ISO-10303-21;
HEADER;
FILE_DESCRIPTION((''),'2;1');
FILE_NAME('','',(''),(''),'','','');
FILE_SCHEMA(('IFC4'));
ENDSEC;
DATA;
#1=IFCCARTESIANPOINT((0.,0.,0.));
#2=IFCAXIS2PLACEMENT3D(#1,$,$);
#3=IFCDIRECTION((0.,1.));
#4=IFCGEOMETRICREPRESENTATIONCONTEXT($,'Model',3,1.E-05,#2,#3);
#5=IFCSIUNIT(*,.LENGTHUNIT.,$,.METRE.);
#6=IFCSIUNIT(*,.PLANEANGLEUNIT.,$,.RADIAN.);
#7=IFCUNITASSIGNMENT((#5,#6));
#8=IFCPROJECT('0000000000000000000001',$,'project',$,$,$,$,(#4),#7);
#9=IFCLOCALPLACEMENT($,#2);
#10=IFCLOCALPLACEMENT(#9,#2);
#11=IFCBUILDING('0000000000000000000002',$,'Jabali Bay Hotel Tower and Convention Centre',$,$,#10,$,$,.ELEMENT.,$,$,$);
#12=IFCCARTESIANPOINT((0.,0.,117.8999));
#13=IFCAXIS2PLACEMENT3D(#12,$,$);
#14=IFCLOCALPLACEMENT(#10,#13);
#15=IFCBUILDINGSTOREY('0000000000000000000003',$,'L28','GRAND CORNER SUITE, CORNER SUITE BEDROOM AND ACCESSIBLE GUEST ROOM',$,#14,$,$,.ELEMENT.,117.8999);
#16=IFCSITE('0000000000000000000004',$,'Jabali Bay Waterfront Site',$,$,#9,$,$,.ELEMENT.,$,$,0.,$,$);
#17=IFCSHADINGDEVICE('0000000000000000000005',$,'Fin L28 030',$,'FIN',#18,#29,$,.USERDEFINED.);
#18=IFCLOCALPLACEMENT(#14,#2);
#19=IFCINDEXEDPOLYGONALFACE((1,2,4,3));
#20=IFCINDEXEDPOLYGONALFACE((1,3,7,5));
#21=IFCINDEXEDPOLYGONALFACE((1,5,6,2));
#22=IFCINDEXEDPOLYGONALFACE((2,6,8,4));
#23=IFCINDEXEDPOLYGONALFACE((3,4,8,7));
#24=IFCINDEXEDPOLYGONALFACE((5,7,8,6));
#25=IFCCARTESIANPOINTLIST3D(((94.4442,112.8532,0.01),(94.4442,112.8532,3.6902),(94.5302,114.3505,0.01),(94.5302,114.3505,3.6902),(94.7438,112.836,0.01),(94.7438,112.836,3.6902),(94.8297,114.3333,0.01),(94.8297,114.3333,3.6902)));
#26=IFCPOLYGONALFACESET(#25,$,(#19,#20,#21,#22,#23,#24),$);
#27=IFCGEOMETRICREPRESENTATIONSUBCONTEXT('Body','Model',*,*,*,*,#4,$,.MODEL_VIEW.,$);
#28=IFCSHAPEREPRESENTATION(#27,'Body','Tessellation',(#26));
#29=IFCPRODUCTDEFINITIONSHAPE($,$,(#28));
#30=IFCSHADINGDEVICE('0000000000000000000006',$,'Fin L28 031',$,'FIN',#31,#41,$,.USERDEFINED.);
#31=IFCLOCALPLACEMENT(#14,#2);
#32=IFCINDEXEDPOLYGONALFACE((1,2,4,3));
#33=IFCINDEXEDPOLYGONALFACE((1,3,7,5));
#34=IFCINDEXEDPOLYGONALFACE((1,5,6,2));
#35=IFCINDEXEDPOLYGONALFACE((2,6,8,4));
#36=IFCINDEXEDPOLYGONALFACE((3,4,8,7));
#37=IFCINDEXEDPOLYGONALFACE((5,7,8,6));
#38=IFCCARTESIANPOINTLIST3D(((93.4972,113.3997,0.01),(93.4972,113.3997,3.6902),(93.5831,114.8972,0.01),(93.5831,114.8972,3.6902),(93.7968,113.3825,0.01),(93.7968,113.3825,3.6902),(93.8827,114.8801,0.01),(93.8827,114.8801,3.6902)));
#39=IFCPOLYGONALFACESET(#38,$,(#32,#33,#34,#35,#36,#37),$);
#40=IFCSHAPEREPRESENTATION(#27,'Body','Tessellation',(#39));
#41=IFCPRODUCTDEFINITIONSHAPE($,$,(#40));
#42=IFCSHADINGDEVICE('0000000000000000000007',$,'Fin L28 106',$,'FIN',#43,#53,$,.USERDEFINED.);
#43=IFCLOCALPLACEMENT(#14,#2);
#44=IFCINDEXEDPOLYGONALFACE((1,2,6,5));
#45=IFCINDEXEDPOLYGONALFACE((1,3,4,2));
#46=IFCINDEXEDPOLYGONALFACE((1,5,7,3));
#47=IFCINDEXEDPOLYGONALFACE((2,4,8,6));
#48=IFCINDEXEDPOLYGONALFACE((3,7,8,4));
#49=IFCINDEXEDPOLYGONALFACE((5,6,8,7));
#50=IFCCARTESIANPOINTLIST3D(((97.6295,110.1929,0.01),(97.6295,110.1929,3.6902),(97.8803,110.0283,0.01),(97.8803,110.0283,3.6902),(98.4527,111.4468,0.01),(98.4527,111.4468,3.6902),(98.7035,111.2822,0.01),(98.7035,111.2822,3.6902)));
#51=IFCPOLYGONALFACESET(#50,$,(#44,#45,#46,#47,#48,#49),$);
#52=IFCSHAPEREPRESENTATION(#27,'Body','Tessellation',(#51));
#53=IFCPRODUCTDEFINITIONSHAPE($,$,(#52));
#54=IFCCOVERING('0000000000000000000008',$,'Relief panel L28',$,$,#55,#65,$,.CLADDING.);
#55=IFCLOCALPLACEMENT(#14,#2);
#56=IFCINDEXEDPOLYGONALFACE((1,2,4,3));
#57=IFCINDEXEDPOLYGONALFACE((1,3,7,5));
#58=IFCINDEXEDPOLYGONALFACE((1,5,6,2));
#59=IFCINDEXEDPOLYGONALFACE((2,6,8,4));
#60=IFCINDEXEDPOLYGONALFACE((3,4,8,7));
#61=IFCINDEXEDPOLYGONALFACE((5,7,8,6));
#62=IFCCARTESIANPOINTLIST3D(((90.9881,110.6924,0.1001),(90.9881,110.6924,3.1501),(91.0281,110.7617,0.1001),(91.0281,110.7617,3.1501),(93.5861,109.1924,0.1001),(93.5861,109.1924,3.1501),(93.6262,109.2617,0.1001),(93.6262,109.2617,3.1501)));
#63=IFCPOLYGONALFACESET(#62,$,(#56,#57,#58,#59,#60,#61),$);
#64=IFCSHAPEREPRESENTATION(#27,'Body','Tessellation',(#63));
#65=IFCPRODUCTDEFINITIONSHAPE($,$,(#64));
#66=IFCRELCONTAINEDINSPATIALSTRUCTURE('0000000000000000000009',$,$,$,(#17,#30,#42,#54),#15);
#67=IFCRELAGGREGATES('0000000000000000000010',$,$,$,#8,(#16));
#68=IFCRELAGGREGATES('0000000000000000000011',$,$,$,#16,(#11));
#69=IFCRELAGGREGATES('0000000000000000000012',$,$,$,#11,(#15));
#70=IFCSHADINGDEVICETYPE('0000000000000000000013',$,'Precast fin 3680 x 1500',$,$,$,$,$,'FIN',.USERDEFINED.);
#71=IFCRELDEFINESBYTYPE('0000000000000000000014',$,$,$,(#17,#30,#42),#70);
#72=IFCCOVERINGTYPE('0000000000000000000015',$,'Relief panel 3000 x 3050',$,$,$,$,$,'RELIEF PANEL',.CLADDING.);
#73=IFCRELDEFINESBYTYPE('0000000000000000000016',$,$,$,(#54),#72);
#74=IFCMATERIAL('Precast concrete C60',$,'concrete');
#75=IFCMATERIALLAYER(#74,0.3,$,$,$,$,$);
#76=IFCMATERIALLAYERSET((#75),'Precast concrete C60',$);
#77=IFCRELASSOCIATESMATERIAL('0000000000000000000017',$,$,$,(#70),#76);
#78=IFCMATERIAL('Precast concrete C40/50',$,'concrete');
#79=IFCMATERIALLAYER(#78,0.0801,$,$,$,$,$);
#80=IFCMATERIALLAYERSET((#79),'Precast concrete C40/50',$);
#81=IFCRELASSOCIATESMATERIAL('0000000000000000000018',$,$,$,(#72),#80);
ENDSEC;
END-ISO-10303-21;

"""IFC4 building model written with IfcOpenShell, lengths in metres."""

from ifc_helpers import new_model, si_unit, direction, frame, frame_2d, origin, origin_2d, place, context, subcontext, project, spatial, rectangle, extrude, material, layer, layer_set, type_object, element, save


model = new_model("IFC4")

# Units and contexts
model_context = context("Model", 3, precision=1e-05, world=origin(), true_north=direction((0.0, 1.0)))
body_context = subcontext(model_context, "Body", "Model", "MODEL_VIEW")
ifc_project = project(units=[si_unit("LENGTHUNIT", "METRE"), si_unit("PLANEANGLEUNIT", "RADIAN")], contexts=[model_context])

# Site, building, storey
site_placement = place(None, origin())
site = spatial("IfcSite", under=ifc_project, at=site_placement, Name="Jabali Bay Waterfront Site", CompositionType="ELEMENT", RefElevation=0.0)
building_placement = place(site_placement, origin())
building = spatial("IfcBuilding", under=site, at=building_placement, Name="Jabali Bay Hotel Tower and Convention Centre", CompositionType="ELEMENT")
storey_placement = place(building_placement, frame((0.0, 0.0, 117.8999)))
storey = spatial("IfcBuildingStorey", under=building, at=storey_placement, Name="L28", Description="GRAND CORNER SUITE, CORNER SUITE BEDROOM AND ACCESSIBLE GUEST ROOM", CompositionType="ELEMENT", Elevation=117.8999)

# Shading devices
ifc_material_1 = material(Name="Precast concrete C60", Category="concrete")
ifc_layer_1 = layer(ifc_material_1, 0.3)
ifc_layer_set_1 = layer_set([ifc_layer_1], Name="Precast concrete C60")
shading_device_type = type_object("IfcShadingDeviceType", Name="Precast fin 3680 x 1500", ElementType="FIN", PredefinedType="USERDEFINED", material=ifc_layer_set_1)
shading_device_placement = place(storey_placement, frame((94.594, 112.8445, 0.01), z_axis=(0.0, 0.0, 1.0), x_axis=(0.0573, 0.998357, 0.0)))
element("IfcShadingDevice", 1, at=shading_device_placement, inside=storey, type_object=shading_device_type, Name="Fin L28 030", ObjectType="FIN", PredefinedType="USERDEFINED", context=body_context, shape_type="SweptSolid", body=[
    extrude(rectangle(XDim=1.4998, YDim=0.3, at=frame_2d((0.75, 0.0))), origin(), (0.0, 0.0, 1.0), 3.6802),
])
for number, where, z_axis, x_axis, name in (
    (2, (93.647, 113.3911, 0.01), (0.0, 0.0, 1.0), (0.057291, 0.998358, 0.0), "Fin L28 031"),
    (3, (97.7549, 110.1106, 0.01), (0.0, 0.0, 1.0), (0.548827, 0.835936, 0.0), "Fin L28 106"),
):
    element("IfcShadingDevice", number, at=place(storey_placement, frame(where, z_axis=z_axis, x_axis=x_axis)), inside=storey, type_object=shading_device_type, Name=name, ObjectType="FIN", PredefinedType="USERDEFINED", context=body_context, shape_type="SweptSolid", body=[
        extrude(rectangle(XDim=1.5, YDim=0.3, at=frame_2d((0.75, 0.0))), origin(), (0.0, 0.0, 1.0), 3.6802),
    ])

# Covering
ifc_material_2 = material(Name="Precast concrete C40/50", Category="concrete")
ifc_layer_2 = layer(ifc_material_2, 0.0801)
ifc_layer_set_2 = layer_set([ifc_layer_2], Name="Precast concrete C40/50")
covering_type = type_object("IfcCoveringType", Name="Relief panel 3000 x 3050", ElementType="RELIEF PANEL", PredefinedType="CLADDING", material=ifc_layer_set_2)
covering_placement = place(storey_placement, frame((92.3071, 109.9771, 0.1001), z_axis=(0.0, 0.0, 1.0), x_axis=(0.866025, -0.5, 0.0)))
element("IfcCovering", 4, at=covering_placement, inside=storey, type_object=covering_type, Name="Relief panel L28", PredefinedType="CLADDING", context=body_context, shape_type="SweptSolid", body=[
    extrude(rectangle(XDim=3.0, YDim=0.0801, at=origin_2d()), origin(), (0.0, 0.0, 1.0), 3.05),
])

save(model, "model.ifc")
